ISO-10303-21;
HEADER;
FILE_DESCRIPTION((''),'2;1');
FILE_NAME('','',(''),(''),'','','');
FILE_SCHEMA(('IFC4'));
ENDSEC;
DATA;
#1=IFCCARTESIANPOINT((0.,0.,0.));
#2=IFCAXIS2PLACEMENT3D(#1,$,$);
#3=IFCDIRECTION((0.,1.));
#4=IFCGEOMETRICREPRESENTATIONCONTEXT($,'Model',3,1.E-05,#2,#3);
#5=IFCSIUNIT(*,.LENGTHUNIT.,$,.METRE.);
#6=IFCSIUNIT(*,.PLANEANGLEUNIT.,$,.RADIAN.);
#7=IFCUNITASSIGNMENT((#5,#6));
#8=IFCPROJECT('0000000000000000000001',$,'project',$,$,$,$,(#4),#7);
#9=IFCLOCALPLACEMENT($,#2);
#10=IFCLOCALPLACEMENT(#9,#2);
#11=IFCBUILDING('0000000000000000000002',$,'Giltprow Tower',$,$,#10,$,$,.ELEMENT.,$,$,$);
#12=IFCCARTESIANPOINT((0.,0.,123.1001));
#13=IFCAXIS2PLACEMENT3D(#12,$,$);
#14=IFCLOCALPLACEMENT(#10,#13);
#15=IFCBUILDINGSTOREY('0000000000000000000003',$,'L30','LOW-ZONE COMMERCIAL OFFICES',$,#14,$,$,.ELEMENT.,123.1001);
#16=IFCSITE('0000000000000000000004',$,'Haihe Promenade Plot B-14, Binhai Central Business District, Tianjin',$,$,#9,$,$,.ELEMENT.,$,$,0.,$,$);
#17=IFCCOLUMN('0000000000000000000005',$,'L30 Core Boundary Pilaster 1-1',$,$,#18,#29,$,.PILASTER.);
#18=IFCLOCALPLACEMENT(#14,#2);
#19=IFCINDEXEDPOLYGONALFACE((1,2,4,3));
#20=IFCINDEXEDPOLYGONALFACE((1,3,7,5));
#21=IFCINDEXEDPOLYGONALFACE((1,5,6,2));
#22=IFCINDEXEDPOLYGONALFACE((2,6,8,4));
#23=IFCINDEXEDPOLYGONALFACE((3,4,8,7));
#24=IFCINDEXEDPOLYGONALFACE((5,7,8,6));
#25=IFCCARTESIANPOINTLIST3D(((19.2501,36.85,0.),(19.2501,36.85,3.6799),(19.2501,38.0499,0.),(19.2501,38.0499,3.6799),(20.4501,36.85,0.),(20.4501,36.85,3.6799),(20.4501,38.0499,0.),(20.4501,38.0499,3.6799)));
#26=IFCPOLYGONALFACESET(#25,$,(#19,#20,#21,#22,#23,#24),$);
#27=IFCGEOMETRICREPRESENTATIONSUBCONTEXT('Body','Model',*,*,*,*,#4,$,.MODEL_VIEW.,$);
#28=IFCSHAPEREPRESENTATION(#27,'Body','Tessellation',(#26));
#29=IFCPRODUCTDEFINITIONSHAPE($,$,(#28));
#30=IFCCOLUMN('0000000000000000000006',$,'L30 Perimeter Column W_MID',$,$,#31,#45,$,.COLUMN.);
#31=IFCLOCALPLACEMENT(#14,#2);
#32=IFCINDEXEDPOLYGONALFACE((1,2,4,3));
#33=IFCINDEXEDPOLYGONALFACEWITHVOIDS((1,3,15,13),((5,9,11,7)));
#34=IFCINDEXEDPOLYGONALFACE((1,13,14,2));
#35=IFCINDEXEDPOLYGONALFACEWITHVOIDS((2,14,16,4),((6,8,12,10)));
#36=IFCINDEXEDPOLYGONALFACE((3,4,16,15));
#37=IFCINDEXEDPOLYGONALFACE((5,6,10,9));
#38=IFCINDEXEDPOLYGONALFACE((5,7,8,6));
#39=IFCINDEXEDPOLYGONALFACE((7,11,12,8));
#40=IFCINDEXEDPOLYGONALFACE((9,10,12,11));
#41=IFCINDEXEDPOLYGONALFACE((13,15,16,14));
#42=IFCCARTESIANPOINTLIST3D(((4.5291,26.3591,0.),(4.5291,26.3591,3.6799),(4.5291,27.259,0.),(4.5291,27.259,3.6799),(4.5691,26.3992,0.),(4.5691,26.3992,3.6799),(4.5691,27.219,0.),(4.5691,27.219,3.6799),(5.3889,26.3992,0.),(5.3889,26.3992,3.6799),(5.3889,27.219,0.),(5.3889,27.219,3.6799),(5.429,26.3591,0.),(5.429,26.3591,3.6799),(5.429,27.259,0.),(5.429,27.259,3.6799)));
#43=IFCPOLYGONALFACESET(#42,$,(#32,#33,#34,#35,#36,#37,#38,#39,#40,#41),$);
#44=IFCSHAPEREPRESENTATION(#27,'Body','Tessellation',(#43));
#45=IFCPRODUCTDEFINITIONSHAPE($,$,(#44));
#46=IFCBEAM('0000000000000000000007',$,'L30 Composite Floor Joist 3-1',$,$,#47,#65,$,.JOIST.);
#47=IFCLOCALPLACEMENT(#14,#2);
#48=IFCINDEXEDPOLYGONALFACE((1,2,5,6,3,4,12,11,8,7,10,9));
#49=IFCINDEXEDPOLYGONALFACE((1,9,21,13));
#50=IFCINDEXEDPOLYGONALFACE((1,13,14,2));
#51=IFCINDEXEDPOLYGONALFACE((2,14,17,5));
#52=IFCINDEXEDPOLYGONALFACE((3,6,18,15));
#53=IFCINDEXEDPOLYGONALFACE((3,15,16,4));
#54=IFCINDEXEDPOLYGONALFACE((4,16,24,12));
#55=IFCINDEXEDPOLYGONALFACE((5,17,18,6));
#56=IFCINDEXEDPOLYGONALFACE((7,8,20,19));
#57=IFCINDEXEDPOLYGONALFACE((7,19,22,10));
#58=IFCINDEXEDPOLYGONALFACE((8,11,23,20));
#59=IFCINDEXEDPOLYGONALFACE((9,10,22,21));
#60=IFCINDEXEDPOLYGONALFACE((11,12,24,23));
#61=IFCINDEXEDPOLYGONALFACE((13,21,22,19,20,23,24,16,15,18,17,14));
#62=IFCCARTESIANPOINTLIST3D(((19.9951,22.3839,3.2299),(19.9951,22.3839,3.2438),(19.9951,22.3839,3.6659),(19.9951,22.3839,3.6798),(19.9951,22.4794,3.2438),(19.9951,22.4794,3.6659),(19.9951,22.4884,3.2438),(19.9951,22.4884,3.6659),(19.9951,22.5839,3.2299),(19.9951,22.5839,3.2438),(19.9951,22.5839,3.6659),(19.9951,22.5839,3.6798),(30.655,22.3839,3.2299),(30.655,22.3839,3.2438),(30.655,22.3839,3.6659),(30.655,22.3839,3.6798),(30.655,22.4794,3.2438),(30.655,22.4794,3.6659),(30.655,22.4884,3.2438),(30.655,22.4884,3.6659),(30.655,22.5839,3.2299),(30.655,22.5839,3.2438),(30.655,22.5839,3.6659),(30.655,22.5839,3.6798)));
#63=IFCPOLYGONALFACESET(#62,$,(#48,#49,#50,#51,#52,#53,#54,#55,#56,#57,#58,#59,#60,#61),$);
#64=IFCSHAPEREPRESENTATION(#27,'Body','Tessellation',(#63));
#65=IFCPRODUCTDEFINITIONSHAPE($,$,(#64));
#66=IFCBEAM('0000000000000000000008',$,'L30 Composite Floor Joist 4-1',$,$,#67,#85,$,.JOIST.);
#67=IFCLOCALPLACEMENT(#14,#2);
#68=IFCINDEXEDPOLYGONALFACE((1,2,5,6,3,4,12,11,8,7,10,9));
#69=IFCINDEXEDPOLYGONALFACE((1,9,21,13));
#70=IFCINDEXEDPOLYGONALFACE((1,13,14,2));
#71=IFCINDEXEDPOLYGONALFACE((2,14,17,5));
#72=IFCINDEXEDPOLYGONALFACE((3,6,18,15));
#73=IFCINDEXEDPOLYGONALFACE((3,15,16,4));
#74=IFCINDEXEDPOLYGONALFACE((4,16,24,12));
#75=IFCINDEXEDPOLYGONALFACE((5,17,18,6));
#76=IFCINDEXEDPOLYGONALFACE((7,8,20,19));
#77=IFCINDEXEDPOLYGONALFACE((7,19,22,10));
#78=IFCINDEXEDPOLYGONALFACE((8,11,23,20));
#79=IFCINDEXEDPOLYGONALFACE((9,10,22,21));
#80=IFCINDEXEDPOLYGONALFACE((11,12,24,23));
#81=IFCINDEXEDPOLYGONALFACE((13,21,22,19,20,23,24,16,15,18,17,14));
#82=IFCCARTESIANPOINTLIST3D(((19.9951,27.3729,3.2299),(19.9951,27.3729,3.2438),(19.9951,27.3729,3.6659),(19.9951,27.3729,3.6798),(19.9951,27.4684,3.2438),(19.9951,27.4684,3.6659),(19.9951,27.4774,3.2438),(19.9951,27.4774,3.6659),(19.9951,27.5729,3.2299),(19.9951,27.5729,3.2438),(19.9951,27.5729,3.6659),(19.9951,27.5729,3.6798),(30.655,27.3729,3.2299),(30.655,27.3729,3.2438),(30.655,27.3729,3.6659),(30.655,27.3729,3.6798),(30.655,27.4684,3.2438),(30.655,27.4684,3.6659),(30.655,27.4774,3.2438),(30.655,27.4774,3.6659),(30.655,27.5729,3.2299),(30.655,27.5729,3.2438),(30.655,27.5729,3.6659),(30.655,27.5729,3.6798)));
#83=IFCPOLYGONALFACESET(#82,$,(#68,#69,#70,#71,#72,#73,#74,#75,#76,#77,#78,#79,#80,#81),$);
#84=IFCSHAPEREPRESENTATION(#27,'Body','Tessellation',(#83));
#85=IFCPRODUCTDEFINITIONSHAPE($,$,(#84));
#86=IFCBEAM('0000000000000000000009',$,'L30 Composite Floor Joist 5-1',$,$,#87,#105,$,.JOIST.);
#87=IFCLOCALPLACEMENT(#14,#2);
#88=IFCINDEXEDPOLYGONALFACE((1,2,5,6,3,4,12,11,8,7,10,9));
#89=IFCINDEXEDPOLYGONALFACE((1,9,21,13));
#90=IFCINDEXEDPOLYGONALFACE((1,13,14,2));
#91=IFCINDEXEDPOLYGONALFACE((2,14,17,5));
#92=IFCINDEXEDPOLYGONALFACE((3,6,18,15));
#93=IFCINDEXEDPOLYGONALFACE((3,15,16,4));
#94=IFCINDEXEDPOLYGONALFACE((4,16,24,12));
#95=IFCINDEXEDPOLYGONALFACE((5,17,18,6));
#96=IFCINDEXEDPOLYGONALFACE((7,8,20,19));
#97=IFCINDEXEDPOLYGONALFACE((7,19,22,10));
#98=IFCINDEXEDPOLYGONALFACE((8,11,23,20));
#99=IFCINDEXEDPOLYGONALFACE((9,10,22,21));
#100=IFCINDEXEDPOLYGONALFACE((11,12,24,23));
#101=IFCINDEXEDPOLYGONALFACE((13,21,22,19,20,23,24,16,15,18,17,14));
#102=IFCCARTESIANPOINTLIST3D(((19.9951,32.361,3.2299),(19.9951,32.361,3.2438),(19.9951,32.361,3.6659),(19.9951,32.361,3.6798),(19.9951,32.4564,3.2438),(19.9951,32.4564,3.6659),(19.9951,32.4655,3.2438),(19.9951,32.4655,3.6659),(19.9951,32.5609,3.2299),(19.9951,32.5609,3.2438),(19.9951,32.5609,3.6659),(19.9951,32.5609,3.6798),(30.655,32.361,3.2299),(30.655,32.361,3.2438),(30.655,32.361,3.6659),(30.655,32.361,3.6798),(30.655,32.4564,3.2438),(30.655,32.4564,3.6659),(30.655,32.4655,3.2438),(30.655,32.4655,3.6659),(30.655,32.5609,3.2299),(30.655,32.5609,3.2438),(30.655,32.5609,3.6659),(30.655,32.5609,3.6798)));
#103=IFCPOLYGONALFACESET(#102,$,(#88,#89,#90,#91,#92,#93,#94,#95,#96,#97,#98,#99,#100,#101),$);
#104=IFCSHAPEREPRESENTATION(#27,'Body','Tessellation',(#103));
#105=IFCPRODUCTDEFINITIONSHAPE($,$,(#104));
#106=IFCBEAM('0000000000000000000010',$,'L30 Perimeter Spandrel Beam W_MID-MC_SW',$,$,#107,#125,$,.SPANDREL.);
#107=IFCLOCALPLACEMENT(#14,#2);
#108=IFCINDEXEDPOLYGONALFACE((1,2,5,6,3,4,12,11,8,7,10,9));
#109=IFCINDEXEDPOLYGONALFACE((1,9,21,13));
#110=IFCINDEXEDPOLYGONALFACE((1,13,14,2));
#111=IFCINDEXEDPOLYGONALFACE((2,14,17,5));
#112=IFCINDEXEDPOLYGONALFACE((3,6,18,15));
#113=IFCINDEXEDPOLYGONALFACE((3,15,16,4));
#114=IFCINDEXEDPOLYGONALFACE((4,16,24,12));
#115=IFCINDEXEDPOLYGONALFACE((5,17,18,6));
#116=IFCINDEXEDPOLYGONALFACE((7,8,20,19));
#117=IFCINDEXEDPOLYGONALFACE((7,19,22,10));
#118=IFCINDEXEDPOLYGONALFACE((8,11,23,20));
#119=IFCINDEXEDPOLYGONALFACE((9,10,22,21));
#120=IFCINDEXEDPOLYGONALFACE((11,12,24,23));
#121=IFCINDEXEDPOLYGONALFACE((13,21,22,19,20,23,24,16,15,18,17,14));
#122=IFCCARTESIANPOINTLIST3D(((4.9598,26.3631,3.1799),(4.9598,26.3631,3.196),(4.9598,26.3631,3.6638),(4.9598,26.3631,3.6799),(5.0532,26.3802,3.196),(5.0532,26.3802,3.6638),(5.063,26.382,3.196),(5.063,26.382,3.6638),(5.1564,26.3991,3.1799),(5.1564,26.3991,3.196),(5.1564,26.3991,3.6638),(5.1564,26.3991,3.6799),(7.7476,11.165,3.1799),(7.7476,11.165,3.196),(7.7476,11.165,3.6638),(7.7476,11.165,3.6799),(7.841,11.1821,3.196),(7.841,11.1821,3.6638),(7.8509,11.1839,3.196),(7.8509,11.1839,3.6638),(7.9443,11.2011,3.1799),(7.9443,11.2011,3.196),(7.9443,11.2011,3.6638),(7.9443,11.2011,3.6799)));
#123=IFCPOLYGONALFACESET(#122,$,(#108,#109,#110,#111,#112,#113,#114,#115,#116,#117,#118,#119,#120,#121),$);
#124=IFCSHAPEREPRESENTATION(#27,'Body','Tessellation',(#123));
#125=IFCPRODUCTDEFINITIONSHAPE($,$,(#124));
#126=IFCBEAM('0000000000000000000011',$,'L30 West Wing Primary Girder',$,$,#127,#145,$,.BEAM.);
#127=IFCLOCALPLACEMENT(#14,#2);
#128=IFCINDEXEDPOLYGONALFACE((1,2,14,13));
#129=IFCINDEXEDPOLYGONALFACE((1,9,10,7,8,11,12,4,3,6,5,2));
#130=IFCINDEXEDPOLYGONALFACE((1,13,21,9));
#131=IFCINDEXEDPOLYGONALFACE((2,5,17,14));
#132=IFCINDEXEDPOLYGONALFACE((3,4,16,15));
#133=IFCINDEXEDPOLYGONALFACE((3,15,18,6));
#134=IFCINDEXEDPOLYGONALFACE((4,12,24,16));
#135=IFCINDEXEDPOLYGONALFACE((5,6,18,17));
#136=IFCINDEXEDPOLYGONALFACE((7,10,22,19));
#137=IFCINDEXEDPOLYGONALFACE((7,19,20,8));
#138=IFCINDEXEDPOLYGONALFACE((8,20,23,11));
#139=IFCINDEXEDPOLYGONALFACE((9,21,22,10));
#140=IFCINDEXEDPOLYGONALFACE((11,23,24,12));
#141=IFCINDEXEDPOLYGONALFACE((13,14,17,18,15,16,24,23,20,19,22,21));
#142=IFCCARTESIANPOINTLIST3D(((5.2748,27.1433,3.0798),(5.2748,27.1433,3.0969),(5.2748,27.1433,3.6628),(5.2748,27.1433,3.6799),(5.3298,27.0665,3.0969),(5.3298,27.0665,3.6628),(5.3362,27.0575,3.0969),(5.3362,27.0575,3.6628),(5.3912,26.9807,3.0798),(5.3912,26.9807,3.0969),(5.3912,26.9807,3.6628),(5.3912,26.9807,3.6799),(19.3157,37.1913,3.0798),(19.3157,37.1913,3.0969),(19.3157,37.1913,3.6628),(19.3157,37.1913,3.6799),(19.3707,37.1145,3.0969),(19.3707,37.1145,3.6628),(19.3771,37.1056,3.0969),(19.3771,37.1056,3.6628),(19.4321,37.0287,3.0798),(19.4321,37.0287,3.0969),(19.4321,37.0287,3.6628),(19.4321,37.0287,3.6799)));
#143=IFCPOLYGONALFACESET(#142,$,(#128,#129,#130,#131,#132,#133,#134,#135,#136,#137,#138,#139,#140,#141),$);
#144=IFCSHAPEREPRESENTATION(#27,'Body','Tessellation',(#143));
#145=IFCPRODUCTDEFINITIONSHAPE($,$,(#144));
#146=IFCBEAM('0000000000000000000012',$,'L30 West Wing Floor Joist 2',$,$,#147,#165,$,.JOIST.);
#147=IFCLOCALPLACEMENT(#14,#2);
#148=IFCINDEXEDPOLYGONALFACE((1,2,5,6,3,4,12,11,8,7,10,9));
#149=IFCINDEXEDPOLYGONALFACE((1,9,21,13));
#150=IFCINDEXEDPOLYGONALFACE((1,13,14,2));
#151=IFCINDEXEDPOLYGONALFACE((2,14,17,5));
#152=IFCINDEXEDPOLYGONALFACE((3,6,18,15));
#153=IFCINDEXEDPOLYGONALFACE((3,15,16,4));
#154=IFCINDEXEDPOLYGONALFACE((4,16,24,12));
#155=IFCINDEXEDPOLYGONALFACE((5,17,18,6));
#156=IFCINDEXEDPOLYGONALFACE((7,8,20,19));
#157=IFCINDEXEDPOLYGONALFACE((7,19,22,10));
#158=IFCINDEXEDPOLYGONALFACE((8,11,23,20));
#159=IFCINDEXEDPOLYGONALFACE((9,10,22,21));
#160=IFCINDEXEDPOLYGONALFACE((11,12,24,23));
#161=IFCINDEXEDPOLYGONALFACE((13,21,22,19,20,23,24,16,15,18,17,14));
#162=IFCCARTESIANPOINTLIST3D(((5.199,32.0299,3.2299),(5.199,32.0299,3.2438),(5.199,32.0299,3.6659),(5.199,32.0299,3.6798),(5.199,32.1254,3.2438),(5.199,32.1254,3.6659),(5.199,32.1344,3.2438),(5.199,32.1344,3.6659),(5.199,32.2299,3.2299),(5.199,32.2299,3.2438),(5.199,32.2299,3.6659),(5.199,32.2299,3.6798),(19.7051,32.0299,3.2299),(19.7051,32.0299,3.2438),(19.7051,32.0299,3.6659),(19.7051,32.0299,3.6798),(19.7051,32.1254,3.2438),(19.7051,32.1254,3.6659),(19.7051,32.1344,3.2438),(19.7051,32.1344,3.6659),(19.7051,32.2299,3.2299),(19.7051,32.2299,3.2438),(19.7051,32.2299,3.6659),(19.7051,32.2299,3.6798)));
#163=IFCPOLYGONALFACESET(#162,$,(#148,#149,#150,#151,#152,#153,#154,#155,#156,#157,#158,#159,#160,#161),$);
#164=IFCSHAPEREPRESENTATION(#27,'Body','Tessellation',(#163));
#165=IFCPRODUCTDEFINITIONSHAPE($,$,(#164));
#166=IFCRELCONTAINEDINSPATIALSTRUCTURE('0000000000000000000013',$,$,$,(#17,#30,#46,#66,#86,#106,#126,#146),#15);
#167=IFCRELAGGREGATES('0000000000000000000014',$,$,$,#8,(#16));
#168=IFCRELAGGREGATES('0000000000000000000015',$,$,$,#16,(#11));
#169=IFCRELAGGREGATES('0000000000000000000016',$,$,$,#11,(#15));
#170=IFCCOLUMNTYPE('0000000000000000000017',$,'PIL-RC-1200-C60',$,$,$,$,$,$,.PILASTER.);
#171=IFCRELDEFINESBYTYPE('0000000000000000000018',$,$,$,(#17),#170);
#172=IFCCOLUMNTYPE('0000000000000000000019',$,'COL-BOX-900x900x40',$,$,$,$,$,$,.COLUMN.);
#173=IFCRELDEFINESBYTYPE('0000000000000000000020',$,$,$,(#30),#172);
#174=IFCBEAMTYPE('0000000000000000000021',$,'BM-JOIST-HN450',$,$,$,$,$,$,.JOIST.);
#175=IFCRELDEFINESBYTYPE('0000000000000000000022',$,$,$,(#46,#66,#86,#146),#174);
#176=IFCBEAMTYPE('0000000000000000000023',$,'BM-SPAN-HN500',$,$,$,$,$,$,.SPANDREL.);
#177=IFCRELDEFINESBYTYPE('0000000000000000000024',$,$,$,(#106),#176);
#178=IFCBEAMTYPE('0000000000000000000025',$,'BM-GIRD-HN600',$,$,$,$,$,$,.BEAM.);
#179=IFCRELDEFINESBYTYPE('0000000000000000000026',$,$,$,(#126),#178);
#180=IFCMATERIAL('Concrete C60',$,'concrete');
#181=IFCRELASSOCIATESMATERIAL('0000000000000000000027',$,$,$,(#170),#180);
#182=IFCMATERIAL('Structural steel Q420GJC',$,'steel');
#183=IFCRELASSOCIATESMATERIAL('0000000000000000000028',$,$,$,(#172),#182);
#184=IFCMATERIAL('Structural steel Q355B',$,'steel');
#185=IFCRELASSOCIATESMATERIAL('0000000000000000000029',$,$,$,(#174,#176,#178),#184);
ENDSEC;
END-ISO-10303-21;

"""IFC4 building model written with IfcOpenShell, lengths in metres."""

from ifc_helpers import new_model, si_unit, direction, frame, origin, origin_2d, place, context, subcontext, project, spatial, rectangle, hollow_rectangle, i_section, extrude, source, transform, mapped, material, material_profile, profile_set, type_object, element, save


model = new_model("IFC4")

# Units and contexts
model_context = context("Model", 3, precision=1e-05, world=origin(), true_north=direction((0.0, 1.0)))
body_context = subcontext(model_context, "Body", "Model", "MODEL_VIEW")
ifc_project = project(units=[si_unit("LENGTHUNIT", "METRE"), si_unit("PLANEANGLEUNIT", "RADIAN")], contexts=[model_context])

# Site, building, storey
site_placement = place(None, origin())
site = spatial("IfcSite", under=ifc_project, at=site_placement, Name="Haihe Promenade Plot B-14, Binhai Central Business District, Tianjin", CompositionType="ELEMENT", RefElevation=0.0)
building_placement = place(site_placement, origin())
building = spatial("IfcBuilding", under=site, at=building_placement, Name="Giltprow Tower", CompositionType="ELEMENT")
storey_placement = place(building_placement, frame((0.0, 0.0, 123.1001)))
storey = spatial("IfcBuildingStorey", under=building, at=storey_placement, Name="L30", Description="LOW-ZONE COMMERCIAL OFFICES", CompositionType="ELEMENT", Elevation=123.1001)

# Columns
ifc_material_1 = material(Name="Concrete C60", Category="concrete")
ifc_material_profile_1 = material_profile(ifc_material_1, rectangle(XDim=1.2, YDim=1.2, at=origin_2d()), Name="RC 1200x1200")
ifc_profile_set_1 = profile_set([ifc_material_profile_1], Name="Concrete C60")
column_type_1 = type_object("IfcColumnType", Name="PIL-RC-1200-C60", PredefinedType="PILASTER", material=ifc_profile_set_1)
shared_shape_1 = source(origin(), body_context, "Body", "SweptSolid", [
    extrude(rectangle(XDim=1.2, YDim=1.2, at=origin_2d()), origin(), (0.0, 0.0, 1.0), 3.6799),
])
column_1_placement = place(storey_placement, frame((19.8501, 37.45, 0.0), z_axis=(0.0, 0.0, 1.0), x_axis=(1.0, 0.0, 0.0)))
element("IfcColumn", 1, at=column_1_placement, inside=storey, type_object=column_type_1, Name="L30 Core Boundary Pilaster 1-1", PredefinedType="PILASTER", context=body_context, shape_type="MappedRepresentation", body=[
    mapped(shared_shape_1, transform((0.0, 0.0, 0.0), x_axis=(1.0, 0.0, 0.0), y_axis=(0.0, 1.0, 0.0), z_axis=(0.0, 0.0, 1.0), scale=1.0)),
])
ifc_material_2 = material(Name="Structural steel Q420GJC", Category="steel")
ifc_material_profile_2 = material_profile(ifc_material_2, hollow_rectangle(XDim=0.8999, YDim=0.8999, WallThickness=0.04, at=origin_2d()), Name="BOX 900x900x40")
ifc_profile_set_2 = profile_set([ifc_material_profile_2], Name="Structural steel Q420GJC")
column_type_2 = type_object("IfcColumnType", Name="COL-BOX-900x900x40", PredefinedType="COLUMN", material=ifc_profile_set_2)
shared_shape_2 = source(origin(), body_context, "Body", "SweptSolid", [
    extrude(hollow_rectangle(XDim=0.8999, YDim=0.8999, WallThickness=0.04, at=origin_2d()), origin(), (0.0, 0.0, 1.0), 3.6799),
])
column_2_placement = place(storey_placement, frame((4.979, 26.8091, 0.0), z_axis=(0.0, 0.0, 1.0), x_axis=(1.0, 0.0, 0.0)))
element("IfcColumn", 2, at=column_2_placement, inside=storey, type_object=column_type_2, Name="L30 Perimeter Column W_MID", PredefinedType="COLUMN", context=body_context, shape_type="MappedRepresentation", body=[
    mapped(shared_shape_2, transform((0.0, 0.0, 0.0), x_axis=(1.0, 0.0, 0.0), y_axis=(0.0, 1.0, 0.0), z_axis=(0.0, 0.0, 1.0), scale=1.0)),
])

# Beams
ifc_material_3 = material(Name="Structural steel Q355B", Category="steel")
ifc_material_profile_3 = material_profile(ifc_material_3, i_section(OverallWidth=0.2, OverallDepth=0.45, WebThickness=0.009, FlangeThickness=0.0139, at=origin_2d()), Name="HN 450x200x9x14")
ifc_profile_set_3 = profile_set([ifc_material_profile_3], Name="Structural steel Q355B")
beam_type_1 = type_object("IfcBeamType", Name="BM-JOIST-HN450", PredefinedType="JOIST", material=ifc_profile_set_3)
shared_shape_3 = source(origin(), body_context, "Body", "SweptSolid", [
    extrude(i_section(OverallWidth=0.2, OverallDepth=0.45, WebThickness=0.009, FlangeThickness=0.0139, at=origin_2d()), origin(), (0.0, 0.0, 1.0), 10.6599),
])
for number, where, z_axis, x_axis, name in (
    (3, (19.9951, 22.4839, 3.4548), (1.0, 0.0, 0.0), (0.0, 1.0, 0.0), "L30 Composite Floor Joist 3-1"),
    (4, (19.9951, 27.4729, 3.4548), (1.0, 0.0, 0.0), (0.0, 1.0, 0.0), "L30 Composite Floor Joist 4-1"),
    (5, (19.9951, 32.4609, 3.4548), (1.0, 0.0, 0.0), (0.0, 1.0, 0.0), "L30 Composite Floor Joist 5-1"),
):
    element("IfcBeam", number, at=place(storey_placement, frame(where, z_axis=z_axis, x_axis=x_axis)), inside=storey, type_object=beam_type_1, Name=name, PredefinedType="JOIST", context=body_context, shape_type="MappedRepresentation", body=[
        mapped(shared_shape_3, transform((0.0, 0.0, 0.0), x_axis=(1.0, 0.0, 0.0), y_axis=(0.0, 1.0, 0.0), z_axis=(0.0, 0.0, 1.0), scale=1.0)),
    ])
ifc_material_profile_4 = material_profile(ifc_material_3, i_section(OverallWidth=0.2, OverallDepth=0.5, WebThickness=0.01, FlangeThickness=0.0161, at=origin_2d()), Name="HN 500x200x10x16")
ifc_profile_set_4 = profile_set([ifc_material_profile_4], Name="Structural steel Q355B")
beam_type_2 = type_object("IfcBeamType", Name="BM-SPAN-HN500", PredefinedType="SPANDREL", material=ifc_profile_set_4)
shared_shape_4 = source(origin(), body_context, "Body", "SweptSolid", [
    extrude(i_section(OverallWidth=0.2, OverallDepth=0.5, WebThickness=0.01, FlangeThickness=0.0161, at=origin_2d()), origin(), (0.0, 0.0, 1.0), 15.4517),
])
beam_1_placement = place(storey_placement, frame((5.0581, 26.3811, 3.4299), z_axis=(0.180424, -0.983589, 0.0), x_axis=(0.983589, 0.180424, 0.0)))
element("IfcBeam", 6, at=beam_1_placement, inside=storey, type_object=beam_type_2, Name="L30 Perimeter Spandrel Beam W_MID-MC_SW", PredefinedType="SPANDREL", context=body_context, shape_type="MappedRepresentation", body=[
    mapped(shared_shape_4, transform((0.0, 0.0, 0.0), x_axis=(1.0, 0.0, 0.0), y_axis=(0.0, 1.0, 0.0), z_axis=(0.0, 0.0, 1.0), scale=1.0)),
])
ifc_material_profile_5 = material_profile(ifc_material_3, i_section(OverallWidth=0.2, OverallDepth=0.6001, WebThickness=0.011, FlangeThickness=0.0171, at=origin_2d()), Name="HN 600x200x11x17")
ifc_profile_set_5 = profile_set([ifc_material_profile_5], Name="Structural steel Q355B")
beam_type_3 = type_object("IfcBeamType", Name="BM-GIRD-HN600", PredefinedType="BEAM", material=ifc_profile_set_5)
shared_shape_5 = source(origin(), body_context, "Body", "SweptSolid", [
    extrude(i_section(OverallWidth=0.2, OverallDepth=0.6001, WebThickness=0.011, FlangeThickness=0.0171, at=origin_2d()), origin(), (0.0, 0.0, 1.0), 17.2659),
])
beam_2_placement = place(storey_placement, frame((5.333, 27.062, 3.3799), z_axis=(0.813218, 0.581959, 0.0), x_axis=(-0.581959, 0.813218, 0.0)))
element("IfcBeam", 7, at=beam_2_placement, inside=storey, type_object=beam_type_3, Name="L30 West Wing Primary Girder", PredefinedType="BEAM", context=body_context, shape_type="MappedRepresentation", body=[
    mapped(shared_shape_5, transform((0.0, 0.0, 0.0), x_axis=(1.0, 0.0, 0.0), y_axis=(0.0, 1.0, 0.0), z_axis=(0.0, 0.0, 1.0), scale=1.0)),
])
shared_shape_6 = source(origin(), body_context, "Body", "SweptSolid", [
    extrude(i_section(OverallWidth=0.2, OverallDepth=0.45, WebThickness=0.009, FlangeThickness=0.0139, at=origin_2d()), origin(), (0.0, 0.0, 1.0), 14.5061),
])
beam_3_placement = place(storey_placement, frame((5.199, 32.1299, 3.4548), z_axis=(1.0, 0.0, 0.0), x_axis=(0.0, 1.0, 0.0)))
element("IfcBeam", 8, at=beam_3_placement, inside=storey, type_object=beam_type_1, Name="L30 West Wing Floor Joist 2", PredefinedType="JOIST", context=body_context, shape_type="MappedRepresentation", body=[
    mapped(shared_shape_6, transform((0.0, 0.0, 0.0), x_axis=(1.0, 0.0, 0.0), y_axis=(0.0, 1.0, 0.0), z_axis=(0.0, 0.0, 1.0), scale=1.0)),
])

save(model, "model.ifc")
